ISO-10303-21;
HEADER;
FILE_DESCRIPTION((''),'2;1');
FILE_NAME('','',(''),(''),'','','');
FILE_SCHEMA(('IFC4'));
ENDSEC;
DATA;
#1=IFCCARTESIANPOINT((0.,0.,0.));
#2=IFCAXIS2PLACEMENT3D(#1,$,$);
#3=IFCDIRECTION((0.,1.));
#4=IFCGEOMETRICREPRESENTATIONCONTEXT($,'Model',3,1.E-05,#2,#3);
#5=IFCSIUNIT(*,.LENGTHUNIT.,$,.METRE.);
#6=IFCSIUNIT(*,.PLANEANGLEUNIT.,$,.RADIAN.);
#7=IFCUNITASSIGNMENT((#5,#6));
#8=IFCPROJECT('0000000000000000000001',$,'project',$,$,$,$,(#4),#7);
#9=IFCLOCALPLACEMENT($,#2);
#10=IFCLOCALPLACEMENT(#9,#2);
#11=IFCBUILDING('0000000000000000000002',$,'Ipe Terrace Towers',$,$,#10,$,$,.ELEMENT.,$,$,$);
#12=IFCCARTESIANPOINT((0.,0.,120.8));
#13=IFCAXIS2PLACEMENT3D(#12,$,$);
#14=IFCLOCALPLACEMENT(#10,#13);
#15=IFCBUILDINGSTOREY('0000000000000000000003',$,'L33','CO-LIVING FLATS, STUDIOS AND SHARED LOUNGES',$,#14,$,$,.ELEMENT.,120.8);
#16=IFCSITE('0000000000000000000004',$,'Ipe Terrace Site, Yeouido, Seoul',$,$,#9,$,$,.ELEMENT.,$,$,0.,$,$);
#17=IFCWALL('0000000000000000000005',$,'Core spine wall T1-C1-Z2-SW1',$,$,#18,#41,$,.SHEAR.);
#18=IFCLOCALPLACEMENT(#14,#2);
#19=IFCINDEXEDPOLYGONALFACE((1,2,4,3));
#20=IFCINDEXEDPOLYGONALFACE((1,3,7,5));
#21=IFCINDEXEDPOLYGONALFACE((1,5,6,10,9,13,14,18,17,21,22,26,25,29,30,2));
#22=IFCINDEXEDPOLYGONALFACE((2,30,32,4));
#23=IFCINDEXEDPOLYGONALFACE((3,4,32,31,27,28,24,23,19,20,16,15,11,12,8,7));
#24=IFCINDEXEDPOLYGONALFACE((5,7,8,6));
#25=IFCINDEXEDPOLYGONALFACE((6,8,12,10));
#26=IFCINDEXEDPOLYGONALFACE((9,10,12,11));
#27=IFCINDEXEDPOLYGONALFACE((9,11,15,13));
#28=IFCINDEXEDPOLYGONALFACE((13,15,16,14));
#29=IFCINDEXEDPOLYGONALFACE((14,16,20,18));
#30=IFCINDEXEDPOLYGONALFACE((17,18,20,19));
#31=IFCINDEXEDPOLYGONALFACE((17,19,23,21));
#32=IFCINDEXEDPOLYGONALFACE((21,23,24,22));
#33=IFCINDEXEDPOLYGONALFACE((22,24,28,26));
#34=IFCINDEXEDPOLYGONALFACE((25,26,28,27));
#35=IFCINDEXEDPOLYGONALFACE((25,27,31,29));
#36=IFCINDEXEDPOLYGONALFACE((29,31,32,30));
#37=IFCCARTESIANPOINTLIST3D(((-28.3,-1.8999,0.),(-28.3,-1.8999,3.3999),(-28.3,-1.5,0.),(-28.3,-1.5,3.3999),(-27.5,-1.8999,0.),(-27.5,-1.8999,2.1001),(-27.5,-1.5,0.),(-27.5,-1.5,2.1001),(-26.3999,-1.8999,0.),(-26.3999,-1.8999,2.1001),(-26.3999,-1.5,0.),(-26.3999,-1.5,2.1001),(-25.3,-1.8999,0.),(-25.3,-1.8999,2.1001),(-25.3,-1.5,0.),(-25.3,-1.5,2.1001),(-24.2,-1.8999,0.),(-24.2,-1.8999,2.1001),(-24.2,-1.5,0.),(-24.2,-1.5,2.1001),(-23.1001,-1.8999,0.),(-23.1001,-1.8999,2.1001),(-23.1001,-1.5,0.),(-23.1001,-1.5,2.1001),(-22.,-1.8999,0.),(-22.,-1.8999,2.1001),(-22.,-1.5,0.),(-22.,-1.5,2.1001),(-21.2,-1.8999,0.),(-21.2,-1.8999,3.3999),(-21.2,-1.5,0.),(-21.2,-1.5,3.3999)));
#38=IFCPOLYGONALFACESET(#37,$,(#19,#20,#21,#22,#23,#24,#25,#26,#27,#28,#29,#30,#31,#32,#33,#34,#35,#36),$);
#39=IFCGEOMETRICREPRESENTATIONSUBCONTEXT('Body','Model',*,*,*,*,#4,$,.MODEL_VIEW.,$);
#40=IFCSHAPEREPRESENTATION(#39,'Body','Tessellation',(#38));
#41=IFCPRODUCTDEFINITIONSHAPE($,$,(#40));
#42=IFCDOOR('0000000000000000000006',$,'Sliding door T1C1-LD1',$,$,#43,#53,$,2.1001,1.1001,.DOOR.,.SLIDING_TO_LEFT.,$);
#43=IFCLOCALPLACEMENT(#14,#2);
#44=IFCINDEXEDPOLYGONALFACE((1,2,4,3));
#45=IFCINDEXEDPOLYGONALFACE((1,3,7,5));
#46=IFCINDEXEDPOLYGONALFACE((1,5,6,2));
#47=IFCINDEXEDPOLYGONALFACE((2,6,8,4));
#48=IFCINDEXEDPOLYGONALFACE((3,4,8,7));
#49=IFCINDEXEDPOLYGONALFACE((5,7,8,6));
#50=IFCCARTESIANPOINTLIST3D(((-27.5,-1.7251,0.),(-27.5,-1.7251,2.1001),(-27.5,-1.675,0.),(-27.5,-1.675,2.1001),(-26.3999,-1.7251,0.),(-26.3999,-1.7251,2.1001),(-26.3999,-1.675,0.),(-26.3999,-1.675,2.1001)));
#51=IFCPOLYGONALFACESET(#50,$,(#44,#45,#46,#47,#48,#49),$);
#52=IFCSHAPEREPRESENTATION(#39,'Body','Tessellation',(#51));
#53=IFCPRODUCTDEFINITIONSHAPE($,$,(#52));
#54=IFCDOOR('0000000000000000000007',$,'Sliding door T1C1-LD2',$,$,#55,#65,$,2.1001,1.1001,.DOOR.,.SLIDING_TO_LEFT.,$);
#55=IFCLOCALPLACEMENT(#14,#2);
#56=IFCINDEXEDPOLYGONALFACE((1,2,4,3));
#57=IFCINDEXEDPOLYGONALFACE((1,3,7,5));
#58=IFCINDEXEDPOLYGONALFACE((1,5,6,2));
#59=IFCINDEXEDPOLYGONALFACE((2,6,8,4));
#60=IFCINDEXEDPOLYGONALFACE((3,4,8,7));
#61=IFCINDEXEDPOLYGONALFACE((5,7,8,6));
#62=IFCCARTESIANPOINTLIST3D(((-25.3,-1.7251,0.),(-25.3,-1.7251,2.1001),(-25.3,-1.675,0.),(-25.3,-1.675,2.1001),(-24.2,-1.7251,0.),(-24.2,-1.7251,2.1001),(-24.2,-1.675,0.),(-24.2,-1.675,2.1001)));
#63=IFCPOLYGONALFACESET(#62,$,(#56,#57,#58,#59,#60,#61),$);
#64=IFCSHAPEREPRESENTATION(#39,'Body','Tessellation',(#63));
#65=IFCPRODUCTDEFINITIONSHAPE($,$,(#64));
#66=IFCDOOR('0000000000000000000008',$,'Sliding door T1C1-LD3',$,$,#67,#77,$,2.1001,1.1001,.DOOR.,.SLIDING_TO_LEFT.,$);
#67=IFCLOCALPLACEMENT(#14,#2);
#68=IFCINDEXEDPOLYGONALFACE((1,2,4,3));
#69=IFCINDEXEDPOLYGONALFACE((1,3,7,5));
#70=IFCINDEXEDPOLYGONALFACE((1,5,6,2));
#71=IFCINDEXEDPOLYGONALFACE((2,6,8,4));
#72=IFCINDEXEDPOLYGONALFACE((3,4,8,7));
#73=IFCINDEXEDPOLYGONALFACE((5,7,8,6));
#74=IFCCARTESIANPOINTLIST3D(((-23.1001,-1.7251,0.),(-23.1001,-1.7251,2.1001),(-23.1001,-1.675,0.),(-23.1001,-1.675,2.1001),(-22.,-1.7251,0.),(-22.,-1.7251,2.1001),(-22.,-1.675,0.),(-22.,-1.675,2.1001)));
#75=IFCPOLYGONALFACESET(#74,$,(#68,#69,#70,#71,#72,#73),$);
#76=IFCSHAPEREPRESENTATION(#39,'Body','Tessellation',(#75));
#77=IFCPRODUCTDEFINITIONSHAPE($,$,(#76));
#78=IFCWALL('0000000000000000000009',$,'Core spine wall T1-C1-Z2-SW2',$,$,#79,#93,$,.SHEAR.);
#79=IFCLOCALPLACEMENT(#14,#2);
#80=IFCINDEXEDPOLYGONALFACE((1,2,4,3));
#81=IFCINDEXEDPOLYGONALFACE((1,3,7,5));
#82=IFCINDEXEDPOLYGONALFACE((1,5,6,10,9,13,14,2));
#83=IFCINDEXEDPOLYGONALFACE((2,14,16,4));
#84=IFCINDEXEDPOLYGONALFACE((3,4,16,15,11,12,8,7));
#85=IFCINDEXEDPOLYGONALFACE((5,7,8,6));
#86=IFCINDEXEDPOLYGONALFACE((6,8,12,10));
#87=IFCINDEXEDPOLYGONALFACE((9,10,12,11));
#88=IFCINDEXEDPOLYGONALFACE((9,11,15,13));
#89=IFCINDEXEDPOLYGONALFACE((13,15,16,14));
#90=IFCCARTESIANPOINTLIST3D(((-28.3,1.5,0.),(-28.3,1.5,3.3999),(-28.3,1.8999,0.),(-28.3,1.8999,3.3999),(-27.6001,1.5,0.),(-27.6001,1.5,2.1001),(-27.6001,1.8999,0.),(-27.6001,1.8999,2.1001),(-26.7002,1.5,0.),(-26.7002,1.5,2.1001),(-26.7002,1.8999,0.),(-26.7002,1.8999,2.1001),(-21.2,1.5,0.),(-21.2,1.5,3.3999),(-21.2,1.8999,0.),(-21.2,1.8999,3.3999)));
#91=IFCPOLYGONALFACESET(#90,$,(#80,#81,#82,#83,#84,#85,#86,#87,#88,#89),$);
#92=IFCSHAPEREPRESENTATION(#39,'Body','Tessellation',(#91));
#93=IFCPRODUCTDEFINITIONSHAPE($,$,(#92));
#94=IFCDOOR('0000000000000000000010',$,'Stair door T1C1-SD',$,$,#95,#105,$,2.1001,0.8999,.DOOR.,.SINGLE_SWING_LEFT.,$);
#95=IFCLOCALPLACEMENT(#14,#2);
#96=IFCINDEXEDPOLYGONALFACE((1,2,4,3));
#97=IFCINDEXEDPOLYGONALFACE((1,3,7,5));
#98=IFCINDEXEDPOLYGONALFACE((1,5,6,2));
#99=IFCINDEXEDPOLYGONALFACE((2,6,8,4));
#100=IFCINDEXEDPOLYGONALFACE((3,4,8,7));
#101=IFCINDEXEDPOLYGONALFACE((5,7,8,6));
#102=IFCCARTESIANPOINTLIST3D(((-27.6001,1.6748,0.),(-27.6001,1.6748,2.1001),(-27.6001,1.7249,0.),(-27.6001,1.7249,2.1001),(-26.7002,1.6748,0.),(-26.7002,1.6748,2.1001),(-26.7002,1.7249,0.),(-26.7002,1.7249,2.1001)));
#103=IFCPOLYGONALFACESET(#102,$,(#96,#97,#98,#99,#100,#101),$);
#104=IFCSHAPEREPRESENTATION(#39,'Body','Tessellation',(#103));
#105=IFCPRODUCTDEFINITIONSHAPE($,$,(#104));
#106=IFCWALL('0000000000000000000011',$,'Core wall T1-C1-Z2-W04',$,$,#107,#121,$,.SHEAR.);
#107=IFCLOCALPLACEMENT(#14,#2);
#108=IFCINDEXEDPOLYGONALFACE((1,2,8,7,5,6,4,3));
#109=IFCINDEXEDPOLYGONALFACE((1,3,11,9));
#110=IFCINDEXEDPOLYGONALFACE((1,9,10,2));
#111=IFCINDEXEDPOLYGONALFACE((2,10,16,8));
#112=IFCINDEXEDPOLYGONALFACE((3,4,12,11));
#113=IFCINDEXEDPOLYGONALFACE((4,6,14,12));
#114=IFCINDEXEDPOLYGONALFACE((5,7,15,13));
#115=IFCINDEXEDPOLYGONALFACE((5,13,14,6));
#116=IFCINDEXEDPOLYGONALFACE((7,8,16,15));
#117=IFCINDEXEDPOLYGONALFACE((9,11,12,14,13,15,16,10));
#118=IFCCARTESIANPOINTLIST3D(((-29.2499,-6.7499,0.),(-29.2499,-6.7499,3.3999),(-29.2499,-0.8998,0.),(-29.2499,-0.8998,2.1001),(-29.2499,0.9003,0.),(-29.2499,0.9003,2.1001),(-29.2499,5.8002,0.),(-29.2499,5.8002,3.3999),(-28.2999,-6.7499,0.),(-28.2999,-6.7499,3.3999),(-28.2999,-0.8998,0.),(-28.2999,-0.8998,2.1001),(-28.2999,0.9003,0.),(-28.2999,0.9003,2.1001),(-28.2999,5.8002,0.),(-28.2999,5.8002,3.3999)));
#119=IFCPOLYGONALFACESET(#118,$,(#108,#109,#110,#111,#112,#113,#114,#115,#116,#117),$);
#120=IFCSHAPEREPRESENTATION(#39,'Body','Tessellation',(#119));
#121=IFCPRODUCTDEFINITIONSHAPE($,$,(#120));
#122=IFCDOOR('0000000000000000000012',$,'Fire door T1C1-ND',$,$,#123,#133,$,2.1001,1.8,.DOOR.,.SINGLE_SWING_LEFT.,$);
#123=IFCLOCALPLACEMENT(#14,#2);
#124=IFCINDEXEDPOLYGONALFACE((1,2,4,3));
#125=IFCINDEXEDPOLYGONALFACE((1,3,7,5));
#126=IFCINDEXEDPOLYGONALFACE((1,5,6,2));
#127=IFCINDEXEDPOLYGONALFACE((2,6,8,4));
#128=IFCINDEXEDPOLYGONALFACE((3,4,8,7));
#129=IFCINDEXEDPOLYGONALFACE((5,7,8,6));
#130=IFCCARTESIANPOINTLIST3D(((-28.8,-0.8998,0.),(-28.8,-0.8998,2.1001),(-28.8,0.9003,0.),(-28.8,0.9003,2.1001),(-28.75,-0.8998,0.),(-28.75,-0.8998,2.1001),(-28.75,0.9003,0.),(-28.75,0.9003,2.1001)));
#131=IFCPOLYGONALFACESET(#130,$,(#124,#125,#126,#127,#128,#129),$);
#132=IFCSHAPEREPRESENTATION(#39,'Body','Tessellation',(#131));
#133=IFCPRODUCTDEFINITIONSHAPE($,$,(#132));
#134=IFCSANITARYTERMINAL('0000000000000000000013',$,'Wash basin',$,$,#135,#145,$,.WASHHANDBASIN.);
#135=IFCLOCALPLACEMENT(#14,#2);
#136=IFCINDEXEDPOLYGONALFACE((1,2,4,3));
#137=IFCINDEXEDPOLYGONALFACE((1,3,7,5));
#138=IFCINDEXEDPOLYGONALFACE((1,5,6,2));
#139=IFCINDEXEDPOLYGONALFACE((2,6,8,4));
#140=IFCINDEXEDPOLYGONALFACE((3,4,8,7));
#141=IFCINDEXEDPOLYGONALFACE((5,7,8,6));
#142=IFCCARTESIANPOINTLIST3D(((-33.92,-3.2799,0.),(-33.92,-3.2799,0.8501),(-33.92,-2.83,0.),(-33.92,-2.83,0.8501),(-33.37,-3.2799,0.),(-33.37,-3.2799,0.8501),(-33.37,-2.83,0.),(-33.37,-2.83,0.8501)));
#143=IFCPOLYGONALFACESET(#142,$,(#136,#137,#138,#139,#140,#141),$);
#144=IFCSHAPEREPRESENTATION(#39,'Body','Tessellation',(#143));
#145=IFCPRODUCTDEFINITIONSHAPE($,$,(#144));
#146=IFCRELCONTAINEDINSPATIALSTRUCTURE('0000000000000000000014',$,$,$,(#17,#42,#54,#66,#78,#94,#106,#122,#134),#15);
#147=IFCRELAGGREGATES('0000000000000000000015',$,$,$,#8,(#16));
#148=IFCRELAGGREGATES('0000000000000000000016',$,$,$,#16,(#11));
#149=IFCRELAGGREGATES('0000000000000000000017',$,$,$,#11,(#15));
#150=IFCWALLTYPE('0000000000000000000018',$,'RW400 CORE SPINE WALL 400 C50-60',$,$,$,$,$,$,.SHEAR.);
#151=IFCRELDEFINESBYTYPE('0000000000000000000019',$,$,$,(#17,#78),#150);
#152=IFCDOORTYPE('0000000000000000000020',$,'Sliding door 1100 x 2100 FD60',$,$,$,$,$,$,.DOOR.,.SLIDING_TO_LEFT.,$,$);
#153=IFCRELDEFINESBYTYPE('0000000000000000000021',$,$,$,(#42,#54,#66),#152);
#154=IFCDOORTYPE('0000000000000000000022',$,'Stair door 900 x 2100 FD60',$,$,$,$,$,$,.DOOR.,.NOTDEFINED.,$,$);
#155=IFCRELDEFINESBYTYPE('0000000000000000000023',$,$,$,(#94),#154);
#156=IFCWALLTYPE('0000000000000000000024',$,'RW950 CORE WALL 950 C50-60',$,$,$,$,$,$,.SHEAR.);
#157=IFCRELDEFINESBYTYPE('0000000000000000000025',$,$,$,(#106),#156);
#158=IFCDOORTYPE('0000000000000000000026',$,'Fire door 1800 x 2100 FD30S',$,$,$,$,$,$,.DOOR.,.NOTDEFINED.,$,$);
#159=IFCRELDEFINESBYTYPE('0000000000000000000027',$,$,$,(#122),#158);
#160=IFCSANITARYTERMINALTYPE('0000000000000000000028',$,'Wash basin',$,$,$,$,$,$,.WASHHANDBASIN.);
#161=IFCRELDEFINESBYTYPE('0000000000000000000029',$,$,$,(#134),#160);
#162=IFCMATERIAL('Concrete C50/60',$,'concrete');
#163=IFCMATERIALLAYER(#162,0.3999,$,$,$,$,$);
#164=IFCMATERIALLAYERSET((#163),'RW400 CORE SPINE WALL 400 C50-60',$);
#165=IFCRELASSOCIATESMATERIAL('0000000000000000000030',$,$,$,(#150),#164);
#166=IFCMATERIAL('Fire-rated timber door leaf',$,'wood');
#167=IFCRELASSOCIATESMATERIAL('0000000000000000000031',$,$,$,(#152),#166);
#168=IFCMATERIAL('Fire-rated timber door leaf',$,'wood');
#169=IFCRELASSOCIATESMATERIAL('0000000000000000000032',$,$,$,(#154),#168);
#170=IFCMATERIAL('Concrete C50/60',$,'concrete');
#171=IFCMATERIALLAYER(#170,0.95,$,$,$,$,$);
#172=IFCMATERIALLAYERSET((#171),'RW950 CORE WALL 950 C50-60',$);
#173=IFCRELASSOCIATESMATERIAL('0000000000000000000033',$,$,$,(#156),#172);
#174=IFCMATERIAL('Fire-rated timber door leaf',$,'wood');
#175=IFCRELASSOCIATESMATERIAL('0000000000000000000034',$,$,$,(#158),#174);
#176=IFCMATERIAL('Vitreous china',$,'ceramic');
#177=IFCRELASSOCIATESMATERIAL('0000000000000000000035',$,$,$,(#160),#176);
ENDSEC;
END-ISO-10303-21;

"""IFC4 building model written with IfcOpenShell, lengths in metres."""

from ifc_helpers import new_model, si_unit, direction, frame, frame_2d, origin, origin_2d, place, context, subcontext, project, spatial, rectangle, extrude, material, layer, layer_set, type_object, element, fill, save


model = new_model("IFC4")

# Units and contexts
model_context = context("Model", 3, precision=1e-05, world=origin(), true_north=direction((0.0, 1.0)))
body_context = subcontext(model_context, "Body", "Model", "MODEL_VIEW")
ifc_project = project(units=[si_unit("LENGTHUNIT", "METRE"), si_unit("PLANEANGLEUNIT", "RADIAN")], contexts=[model_context])

# Site, building, storey
site_placement = place(None, origin())
site = spatial("IfcSite", under=ifc_project, at=site_placement, Name="Ipe Terrace Site, Yeouido, Seoul", CompositionType="ELEMENT", RefElevation=0.0)
building_placement = place(site_placement, origin())
building = spatial("IfcBuilding", under=site, at=building_placement, Name="Ipe Terrace Towers", CompositionType="ELEMENT")
storey_placement = place(building_placement, frame((0.0, 0.0, 120.8)))
storey = spatial("IfcBuildingStorey", under=building, at=storey_placement, Name="L33", Description="CO-LIVING FLATS, STUDIOS AND SHARED LOUNGES", CompositionType="ELEMENT", Elevation=120.8)

# Wall, openings, doors
ifc_material_1 = material(Name="Concrete C50/60", Category="concrete")
ifc_layer_1 = layer(ifc_material_1, 0.3999)
ifc_layer_set_1 = layer_set([ifc_layer_1], Name="RW400 CORE SPINE WALL 400 C50-60")
wall_type_1 = type_object("IfcWallType", Name="RW400 CORE SPINE WALL 400 C50-60", PredefinedType="SHEAR", material=ifc_layer_set_1)
wall_1_placement = place(storey_placement, frame((-28.3, -1.7, 0.0), z_axis=(0.0, 0.0, 1.0), x_axis=(1.0, 0.0, 0.0)))
wall_1 = element("IfcWall", 1, at=wall_1_placement, inside=storey, type_object=wall_type_1, Name="Core spine wall T1-C1-Z2-SW1", PredefinedType="SHEAR", context=body_context, shape_type="SweptSolid", body=[
    extrude(rectangle(XDim=7.1001, YDim=0.3999, at=frame_2d((3.55, 0.0))), origin(), (0.0, 0.0, 1.0), 3.3999),
])
opening_1_placement = place(wall_1_placement, frame((0.8, 0.0, 0.0)))
opening_1 = element("IfcOpeningElement", 2, at=opening_1_placement, cuts=wall_1, PredefinedType="OPENING", context=body_context, shape_type="SweptSolid", body=[
    extrude(rectangle(XDim=1.1001, YDim=2.1001, at=frame_2d((0.55, 1.05))), frame((0.0, 0.21, 0.0), z_axis=(0.0, -1.0, 0.0), x_axis=(1.0, 0.0, 0.0)), (0.0, 0.0, 1.0), 0.4199),
])
opening_2_placement = place(wall_1_placement, frame((3.0, 0.0, 0.0)))
opening_2 = element("IfcOpeningElement", 3, at=opening_2_placement, cuts=wall_1, PredefinedType="OPENING", context=body_context, shape_type="SweptSolid", body=[
    extrude(rectangle(XDim=1.1001, YDim=2.1001, at=frame_2d((0.55, 1.05))), frame((0.0, 0.21, 0.0), z_axis=(0.0, -1.0, 0.0), x_axis=(1.0, 0.0, 0.0)), (0.0, 0.0, 1.0), 0.4199),
])
opening_3_placement = place(wall_1_placement, frame((5.2, 0.0, 0.0)))
opening_3 = element("IfcOpeningElement", 4, at=opening_3_placement, cuts=wall_1, PredefinedType="OPENING", context=body_context, shape_type="SweptSolid", body=[
    extrude(rectangle(XDim=1.1001, YDim=2.1001, at=frame_2d((0.55, 1.05))), frame((0.0, 0.21, 0.0), z_axis=(0.0, -1.0, 0.0), x_axis=(1.0, 0.0, 0.0)), (0.0, 0.0, 1.0), 0.4199),
])
ifc_material_2 = material(Name="Fire-rated timber door leaf", Category="wood")
door_type_1 = type_object("IfcDoorType", Name="Sliding door 1100 x 2100 FD60", OperationType="SLIDING_TO_LEFT", PredefinedType="DOOR", material=ifc_material_2)
door_1_placement = place(opening_1_placement, origin())
door_1 = element("IfcDoor", 5, at=door_1_placement, inside=storey, type_object=door_type_1, Name="Sliding door T1C1-LD1", OperationType="SLIDING_TO_LEFT", OverallHeight=2.1001, OverallWidth=1.1001, PredefinedType="DOOR", context=body_context, shape_type="SweptSolid", body=[
    extrude(rectangle(XDim=1.1001, YDim=2.1001, at=frame_2d((0.55, 1.05))), frame((0.0, 0.0249, 0.0), z_axis=(0.0, -1.0, 0.0), x_axis=(1.0, 0.0, 0.0)), (0.0, 0.0, 1.0), 0.05),
])
fill(opening_1, door_1)
door_2_placement = place(opening_2_placement, origin())
door_2 = element("IfcDoor", 6, at=door_2_placement, inside=storey, type_object=door_type_1, Name="Sliding door T1C1-LD2", OperationType="SLIDING_TO_LEFT", OverallHeight=2.1001, OverallWidth=1.1001, PredefinedType="DOOR", context=body_context, shape_type="SweptSolid", body=[
    extrude(rectangle(XDim=1.1001, YDim=2.1001, at=frame_2d((0.55, 1.05))), frame((0.0, 0.0249, 0.0), z_axis=(0.0, -1.0, 0.0), x_axis=(1.0, 0.0, 0.0)), (0.0, 0.0, 1.0), 0.05),
])
fill(opening_2, door_2)
door_3_placement = place(opening_3_placement, origin())
door_3 = element("IfcDoor", 7, at=door_3_placement, inside=storey, type_object=door_type_1, Name="Sliding door T1C1-LD3", OperationType="SLIDING_TO_LEFT", OverallHeight=2.1001, OverallWidth=1.1001, PredefinedType="DOOR", context=body_context, shape_type="SweptSolid", body=[
    extrude(rectangle(XDim=1.1001, YDim=2.1001, at=frame_2d((0.55, 1.05))), frame((0.0, 0.0249, 0.0), z_axis=(0.0, -1.0, 0.0), x_axis=(1.0, 0.0, 0.0)), (0.0, 0.0, 1.0), 0.05),
])
fill(opening_3, door_3)

# Walls, openings, doors
wall_2_placement = place(storey_placement, frame((-28.3, 1.7, 0.0), z_axis=(0.0, 0.0, 1.0), x_axis=(1.0, 0.0, 0.0)))
wall_2 = element("IfcWall", 8, at=wall_2_placement, inside=storey, type_object=wall_type_1, Name="Core spine wall T1-C1-Z2-SW2", PredefinedType="SHEAR", context=body_context, shape_type="SweptSolid", body=[
    extrude(rectangle(XDim=7.1001, YDim=0.3999, at=frame_2d((3.55, 0.0))), origin(), (0.0, 0.0, 1.0), 3.3999),
])
opening_4_placement = place(wall_2_placement, frame((0.7, 0.0, 0.0)))
opening_4 = element("IfcOpeningElement", 9, at=opening_4_placement, cuts=wall_2, PredefinedType="OPENING", context=body_context, shape_type="SweptSolid", body=[
    extrude(rectangle(XDim=0.8999, YDim=2.1001, at=frame_2d((0.45, 1.05))), frame((0.0, 0.21, 0.0), z_axis=(0.0, -1.0, 0.0), x_axis=(1.0, 0.0, 0.0)), (0.0, 0.0, 1.0), 0.4199),
])
ifc_material_3 = material(Name="Fire-rated timber door leaf", Category="wood")
door_type_2 = type_object("IfcDoorType", Name="Stair door 900 x 2100 FD60", OperationType="NOTDEFINED", PredefinedType="DOOR", material=ifc_material_3)
door_4_placement = place(opening_4_placement, origin())
door_4 = element("IfcDoor", 10, at=door_4_placement, inside=storey, type_object=door_type_2, Name="Stair door T1C1-SD", OperationType="SINGLE_SWING_LEFT", OverallHeight=2.1001, OverallWidth=0.8999, PredefinedType="DOOR", context=body_context, shape_type="SweptSolid", body=[
    extrude(rectangle(XDim=0.8999, YDim=2.1001, at=frame_2d((0.45, 1.05))), frame((0.0, 0.0249, 0.0), z_axis=(0.0, -1.0, 0.0), x_axis=(1.0, 0.0, 0.0)), (0.0, 0.0, 1.0), 0.05),
])
fill(opening_4, door_4)
ifc_material_4 = material(Name="Concrete C50/60", Category="concrete")
ifc_layer_2 = layer(ifc_material_4, 0.95)
ifc_layer_set_2 = layer_set([ifc_layer_2], Name="RW950 CORE WALL 950 C50-60")
wall_type_2 = type_object("IfcWallType", Name="RW950 CORE WALL 950 C50-60", PredefinedType="SHEAR", material=ifc_layer_set_2)
wall_3_placement = place(storey_placement, frame((-28.7749, 5.8, 0.0), z_axis=(0.0, 0.0, 1.0), x_axis=(0.0, -1.0, 0.0)))
wall_3 = element("IfcWall", 11, at=wall_3_placement, inside=storey, type_object=wall_type_2, Name="Core wall T1-C1-Z2-W04", PredefinedType="SHEAR", context=body_context, shape_type="SweptSolid", body=[
    extrude(rectangle(XDim=12.55, YDim=0.95, at=frame_2d((6.2749, 0.0))), origin(), (0.0, 0.0, 1.0), 3.3999),
])
opening_5_placement = place(wall_3_placement, frame((4.8999, 0.0, 0.0)))
opening_5 = element("IfcOpeningElement", 12, at=opening_5_placement, cuts=wall_3, PredefinedType="OPENING", context=body_context, shape_type="SweptSolid", body=[
    extrude(rectangle(XDim=1.8, YDim=2.1001, at=frame_2d((0.8999, 1.05))), frame((0.0, 0.4849, 0.0), z_axis=(0.0, -1.0, 0.0), x_axis=(1.0, 0.0, 0.0)), (0.0, 0.0, 1.0), 0.97),
])
ifc_material_5 = material(Name="Fire-rated timber door leaf", Category="wood")
door_type_3 = type_object("IfcDoorType", Name="Fire door 1800 x 2100 FD30S", OperationType="NOTDEFINED", PredefinedType="DOOR", material=ifc_material_5)
door_5_placement = place(opening_5_placement, origin())
door_5 = element("IfcDoor", 13, at=door_5_placement, inside=storey, type_object=door_type_3, Name="Fire door T1C1-ND", OperationType="SINGLE_SWING_LEFT", OverallHeight=2.1001, OverallWidth=1.8, PredefinedType="DOOR", context=body_context, shape_type="SweptSolid", body=[
    extrude(rectangle(XDim=1.8, YDim=2.1001, at=frame_2d((0.8999, 1.05))), frame((0.0, 0.0249, 0.0), z_axis=(0.0, -1.0, 0.0), x_axis=(1.0, 0.0, 0.0)), (0.0, 0.0, 1.0), 0.05),
])
fill(opening_5, door_5)

# Sanitary terminal
ifc_material_6 = material(Name="Vitreous china", Category="ceramic")
sanitary_terminal_type = type_object("IfcSanitaryTerminalType", Name="Wash basin", PredefinedType="WASHHANDBASIN", material=ifc_material_6)
sanitary_terminal_placement = place(storey_placement, frame((-33.645, -3.0549, 0.0), z_axis=(0.0, 0.0, 1.0), x_axis=(-1.0, 0.0, 0.0)))
element("IfcSanitaryTerminal", 14, at=sanitary_terminal_placement, inside=storey, type_object=sanitary_terminal_type, Name="Wash basin", PredefinedType="WASHHANDBASIN", context=body_context, shape_type="SweptSolid", body=[
    extrude(rectangle(XDim=0.55, YDim=0.45, at=origin_2d()), origin(), (0.0, 0.0, 1.0), 0.8501),
])

save(model, "model.ifc")
